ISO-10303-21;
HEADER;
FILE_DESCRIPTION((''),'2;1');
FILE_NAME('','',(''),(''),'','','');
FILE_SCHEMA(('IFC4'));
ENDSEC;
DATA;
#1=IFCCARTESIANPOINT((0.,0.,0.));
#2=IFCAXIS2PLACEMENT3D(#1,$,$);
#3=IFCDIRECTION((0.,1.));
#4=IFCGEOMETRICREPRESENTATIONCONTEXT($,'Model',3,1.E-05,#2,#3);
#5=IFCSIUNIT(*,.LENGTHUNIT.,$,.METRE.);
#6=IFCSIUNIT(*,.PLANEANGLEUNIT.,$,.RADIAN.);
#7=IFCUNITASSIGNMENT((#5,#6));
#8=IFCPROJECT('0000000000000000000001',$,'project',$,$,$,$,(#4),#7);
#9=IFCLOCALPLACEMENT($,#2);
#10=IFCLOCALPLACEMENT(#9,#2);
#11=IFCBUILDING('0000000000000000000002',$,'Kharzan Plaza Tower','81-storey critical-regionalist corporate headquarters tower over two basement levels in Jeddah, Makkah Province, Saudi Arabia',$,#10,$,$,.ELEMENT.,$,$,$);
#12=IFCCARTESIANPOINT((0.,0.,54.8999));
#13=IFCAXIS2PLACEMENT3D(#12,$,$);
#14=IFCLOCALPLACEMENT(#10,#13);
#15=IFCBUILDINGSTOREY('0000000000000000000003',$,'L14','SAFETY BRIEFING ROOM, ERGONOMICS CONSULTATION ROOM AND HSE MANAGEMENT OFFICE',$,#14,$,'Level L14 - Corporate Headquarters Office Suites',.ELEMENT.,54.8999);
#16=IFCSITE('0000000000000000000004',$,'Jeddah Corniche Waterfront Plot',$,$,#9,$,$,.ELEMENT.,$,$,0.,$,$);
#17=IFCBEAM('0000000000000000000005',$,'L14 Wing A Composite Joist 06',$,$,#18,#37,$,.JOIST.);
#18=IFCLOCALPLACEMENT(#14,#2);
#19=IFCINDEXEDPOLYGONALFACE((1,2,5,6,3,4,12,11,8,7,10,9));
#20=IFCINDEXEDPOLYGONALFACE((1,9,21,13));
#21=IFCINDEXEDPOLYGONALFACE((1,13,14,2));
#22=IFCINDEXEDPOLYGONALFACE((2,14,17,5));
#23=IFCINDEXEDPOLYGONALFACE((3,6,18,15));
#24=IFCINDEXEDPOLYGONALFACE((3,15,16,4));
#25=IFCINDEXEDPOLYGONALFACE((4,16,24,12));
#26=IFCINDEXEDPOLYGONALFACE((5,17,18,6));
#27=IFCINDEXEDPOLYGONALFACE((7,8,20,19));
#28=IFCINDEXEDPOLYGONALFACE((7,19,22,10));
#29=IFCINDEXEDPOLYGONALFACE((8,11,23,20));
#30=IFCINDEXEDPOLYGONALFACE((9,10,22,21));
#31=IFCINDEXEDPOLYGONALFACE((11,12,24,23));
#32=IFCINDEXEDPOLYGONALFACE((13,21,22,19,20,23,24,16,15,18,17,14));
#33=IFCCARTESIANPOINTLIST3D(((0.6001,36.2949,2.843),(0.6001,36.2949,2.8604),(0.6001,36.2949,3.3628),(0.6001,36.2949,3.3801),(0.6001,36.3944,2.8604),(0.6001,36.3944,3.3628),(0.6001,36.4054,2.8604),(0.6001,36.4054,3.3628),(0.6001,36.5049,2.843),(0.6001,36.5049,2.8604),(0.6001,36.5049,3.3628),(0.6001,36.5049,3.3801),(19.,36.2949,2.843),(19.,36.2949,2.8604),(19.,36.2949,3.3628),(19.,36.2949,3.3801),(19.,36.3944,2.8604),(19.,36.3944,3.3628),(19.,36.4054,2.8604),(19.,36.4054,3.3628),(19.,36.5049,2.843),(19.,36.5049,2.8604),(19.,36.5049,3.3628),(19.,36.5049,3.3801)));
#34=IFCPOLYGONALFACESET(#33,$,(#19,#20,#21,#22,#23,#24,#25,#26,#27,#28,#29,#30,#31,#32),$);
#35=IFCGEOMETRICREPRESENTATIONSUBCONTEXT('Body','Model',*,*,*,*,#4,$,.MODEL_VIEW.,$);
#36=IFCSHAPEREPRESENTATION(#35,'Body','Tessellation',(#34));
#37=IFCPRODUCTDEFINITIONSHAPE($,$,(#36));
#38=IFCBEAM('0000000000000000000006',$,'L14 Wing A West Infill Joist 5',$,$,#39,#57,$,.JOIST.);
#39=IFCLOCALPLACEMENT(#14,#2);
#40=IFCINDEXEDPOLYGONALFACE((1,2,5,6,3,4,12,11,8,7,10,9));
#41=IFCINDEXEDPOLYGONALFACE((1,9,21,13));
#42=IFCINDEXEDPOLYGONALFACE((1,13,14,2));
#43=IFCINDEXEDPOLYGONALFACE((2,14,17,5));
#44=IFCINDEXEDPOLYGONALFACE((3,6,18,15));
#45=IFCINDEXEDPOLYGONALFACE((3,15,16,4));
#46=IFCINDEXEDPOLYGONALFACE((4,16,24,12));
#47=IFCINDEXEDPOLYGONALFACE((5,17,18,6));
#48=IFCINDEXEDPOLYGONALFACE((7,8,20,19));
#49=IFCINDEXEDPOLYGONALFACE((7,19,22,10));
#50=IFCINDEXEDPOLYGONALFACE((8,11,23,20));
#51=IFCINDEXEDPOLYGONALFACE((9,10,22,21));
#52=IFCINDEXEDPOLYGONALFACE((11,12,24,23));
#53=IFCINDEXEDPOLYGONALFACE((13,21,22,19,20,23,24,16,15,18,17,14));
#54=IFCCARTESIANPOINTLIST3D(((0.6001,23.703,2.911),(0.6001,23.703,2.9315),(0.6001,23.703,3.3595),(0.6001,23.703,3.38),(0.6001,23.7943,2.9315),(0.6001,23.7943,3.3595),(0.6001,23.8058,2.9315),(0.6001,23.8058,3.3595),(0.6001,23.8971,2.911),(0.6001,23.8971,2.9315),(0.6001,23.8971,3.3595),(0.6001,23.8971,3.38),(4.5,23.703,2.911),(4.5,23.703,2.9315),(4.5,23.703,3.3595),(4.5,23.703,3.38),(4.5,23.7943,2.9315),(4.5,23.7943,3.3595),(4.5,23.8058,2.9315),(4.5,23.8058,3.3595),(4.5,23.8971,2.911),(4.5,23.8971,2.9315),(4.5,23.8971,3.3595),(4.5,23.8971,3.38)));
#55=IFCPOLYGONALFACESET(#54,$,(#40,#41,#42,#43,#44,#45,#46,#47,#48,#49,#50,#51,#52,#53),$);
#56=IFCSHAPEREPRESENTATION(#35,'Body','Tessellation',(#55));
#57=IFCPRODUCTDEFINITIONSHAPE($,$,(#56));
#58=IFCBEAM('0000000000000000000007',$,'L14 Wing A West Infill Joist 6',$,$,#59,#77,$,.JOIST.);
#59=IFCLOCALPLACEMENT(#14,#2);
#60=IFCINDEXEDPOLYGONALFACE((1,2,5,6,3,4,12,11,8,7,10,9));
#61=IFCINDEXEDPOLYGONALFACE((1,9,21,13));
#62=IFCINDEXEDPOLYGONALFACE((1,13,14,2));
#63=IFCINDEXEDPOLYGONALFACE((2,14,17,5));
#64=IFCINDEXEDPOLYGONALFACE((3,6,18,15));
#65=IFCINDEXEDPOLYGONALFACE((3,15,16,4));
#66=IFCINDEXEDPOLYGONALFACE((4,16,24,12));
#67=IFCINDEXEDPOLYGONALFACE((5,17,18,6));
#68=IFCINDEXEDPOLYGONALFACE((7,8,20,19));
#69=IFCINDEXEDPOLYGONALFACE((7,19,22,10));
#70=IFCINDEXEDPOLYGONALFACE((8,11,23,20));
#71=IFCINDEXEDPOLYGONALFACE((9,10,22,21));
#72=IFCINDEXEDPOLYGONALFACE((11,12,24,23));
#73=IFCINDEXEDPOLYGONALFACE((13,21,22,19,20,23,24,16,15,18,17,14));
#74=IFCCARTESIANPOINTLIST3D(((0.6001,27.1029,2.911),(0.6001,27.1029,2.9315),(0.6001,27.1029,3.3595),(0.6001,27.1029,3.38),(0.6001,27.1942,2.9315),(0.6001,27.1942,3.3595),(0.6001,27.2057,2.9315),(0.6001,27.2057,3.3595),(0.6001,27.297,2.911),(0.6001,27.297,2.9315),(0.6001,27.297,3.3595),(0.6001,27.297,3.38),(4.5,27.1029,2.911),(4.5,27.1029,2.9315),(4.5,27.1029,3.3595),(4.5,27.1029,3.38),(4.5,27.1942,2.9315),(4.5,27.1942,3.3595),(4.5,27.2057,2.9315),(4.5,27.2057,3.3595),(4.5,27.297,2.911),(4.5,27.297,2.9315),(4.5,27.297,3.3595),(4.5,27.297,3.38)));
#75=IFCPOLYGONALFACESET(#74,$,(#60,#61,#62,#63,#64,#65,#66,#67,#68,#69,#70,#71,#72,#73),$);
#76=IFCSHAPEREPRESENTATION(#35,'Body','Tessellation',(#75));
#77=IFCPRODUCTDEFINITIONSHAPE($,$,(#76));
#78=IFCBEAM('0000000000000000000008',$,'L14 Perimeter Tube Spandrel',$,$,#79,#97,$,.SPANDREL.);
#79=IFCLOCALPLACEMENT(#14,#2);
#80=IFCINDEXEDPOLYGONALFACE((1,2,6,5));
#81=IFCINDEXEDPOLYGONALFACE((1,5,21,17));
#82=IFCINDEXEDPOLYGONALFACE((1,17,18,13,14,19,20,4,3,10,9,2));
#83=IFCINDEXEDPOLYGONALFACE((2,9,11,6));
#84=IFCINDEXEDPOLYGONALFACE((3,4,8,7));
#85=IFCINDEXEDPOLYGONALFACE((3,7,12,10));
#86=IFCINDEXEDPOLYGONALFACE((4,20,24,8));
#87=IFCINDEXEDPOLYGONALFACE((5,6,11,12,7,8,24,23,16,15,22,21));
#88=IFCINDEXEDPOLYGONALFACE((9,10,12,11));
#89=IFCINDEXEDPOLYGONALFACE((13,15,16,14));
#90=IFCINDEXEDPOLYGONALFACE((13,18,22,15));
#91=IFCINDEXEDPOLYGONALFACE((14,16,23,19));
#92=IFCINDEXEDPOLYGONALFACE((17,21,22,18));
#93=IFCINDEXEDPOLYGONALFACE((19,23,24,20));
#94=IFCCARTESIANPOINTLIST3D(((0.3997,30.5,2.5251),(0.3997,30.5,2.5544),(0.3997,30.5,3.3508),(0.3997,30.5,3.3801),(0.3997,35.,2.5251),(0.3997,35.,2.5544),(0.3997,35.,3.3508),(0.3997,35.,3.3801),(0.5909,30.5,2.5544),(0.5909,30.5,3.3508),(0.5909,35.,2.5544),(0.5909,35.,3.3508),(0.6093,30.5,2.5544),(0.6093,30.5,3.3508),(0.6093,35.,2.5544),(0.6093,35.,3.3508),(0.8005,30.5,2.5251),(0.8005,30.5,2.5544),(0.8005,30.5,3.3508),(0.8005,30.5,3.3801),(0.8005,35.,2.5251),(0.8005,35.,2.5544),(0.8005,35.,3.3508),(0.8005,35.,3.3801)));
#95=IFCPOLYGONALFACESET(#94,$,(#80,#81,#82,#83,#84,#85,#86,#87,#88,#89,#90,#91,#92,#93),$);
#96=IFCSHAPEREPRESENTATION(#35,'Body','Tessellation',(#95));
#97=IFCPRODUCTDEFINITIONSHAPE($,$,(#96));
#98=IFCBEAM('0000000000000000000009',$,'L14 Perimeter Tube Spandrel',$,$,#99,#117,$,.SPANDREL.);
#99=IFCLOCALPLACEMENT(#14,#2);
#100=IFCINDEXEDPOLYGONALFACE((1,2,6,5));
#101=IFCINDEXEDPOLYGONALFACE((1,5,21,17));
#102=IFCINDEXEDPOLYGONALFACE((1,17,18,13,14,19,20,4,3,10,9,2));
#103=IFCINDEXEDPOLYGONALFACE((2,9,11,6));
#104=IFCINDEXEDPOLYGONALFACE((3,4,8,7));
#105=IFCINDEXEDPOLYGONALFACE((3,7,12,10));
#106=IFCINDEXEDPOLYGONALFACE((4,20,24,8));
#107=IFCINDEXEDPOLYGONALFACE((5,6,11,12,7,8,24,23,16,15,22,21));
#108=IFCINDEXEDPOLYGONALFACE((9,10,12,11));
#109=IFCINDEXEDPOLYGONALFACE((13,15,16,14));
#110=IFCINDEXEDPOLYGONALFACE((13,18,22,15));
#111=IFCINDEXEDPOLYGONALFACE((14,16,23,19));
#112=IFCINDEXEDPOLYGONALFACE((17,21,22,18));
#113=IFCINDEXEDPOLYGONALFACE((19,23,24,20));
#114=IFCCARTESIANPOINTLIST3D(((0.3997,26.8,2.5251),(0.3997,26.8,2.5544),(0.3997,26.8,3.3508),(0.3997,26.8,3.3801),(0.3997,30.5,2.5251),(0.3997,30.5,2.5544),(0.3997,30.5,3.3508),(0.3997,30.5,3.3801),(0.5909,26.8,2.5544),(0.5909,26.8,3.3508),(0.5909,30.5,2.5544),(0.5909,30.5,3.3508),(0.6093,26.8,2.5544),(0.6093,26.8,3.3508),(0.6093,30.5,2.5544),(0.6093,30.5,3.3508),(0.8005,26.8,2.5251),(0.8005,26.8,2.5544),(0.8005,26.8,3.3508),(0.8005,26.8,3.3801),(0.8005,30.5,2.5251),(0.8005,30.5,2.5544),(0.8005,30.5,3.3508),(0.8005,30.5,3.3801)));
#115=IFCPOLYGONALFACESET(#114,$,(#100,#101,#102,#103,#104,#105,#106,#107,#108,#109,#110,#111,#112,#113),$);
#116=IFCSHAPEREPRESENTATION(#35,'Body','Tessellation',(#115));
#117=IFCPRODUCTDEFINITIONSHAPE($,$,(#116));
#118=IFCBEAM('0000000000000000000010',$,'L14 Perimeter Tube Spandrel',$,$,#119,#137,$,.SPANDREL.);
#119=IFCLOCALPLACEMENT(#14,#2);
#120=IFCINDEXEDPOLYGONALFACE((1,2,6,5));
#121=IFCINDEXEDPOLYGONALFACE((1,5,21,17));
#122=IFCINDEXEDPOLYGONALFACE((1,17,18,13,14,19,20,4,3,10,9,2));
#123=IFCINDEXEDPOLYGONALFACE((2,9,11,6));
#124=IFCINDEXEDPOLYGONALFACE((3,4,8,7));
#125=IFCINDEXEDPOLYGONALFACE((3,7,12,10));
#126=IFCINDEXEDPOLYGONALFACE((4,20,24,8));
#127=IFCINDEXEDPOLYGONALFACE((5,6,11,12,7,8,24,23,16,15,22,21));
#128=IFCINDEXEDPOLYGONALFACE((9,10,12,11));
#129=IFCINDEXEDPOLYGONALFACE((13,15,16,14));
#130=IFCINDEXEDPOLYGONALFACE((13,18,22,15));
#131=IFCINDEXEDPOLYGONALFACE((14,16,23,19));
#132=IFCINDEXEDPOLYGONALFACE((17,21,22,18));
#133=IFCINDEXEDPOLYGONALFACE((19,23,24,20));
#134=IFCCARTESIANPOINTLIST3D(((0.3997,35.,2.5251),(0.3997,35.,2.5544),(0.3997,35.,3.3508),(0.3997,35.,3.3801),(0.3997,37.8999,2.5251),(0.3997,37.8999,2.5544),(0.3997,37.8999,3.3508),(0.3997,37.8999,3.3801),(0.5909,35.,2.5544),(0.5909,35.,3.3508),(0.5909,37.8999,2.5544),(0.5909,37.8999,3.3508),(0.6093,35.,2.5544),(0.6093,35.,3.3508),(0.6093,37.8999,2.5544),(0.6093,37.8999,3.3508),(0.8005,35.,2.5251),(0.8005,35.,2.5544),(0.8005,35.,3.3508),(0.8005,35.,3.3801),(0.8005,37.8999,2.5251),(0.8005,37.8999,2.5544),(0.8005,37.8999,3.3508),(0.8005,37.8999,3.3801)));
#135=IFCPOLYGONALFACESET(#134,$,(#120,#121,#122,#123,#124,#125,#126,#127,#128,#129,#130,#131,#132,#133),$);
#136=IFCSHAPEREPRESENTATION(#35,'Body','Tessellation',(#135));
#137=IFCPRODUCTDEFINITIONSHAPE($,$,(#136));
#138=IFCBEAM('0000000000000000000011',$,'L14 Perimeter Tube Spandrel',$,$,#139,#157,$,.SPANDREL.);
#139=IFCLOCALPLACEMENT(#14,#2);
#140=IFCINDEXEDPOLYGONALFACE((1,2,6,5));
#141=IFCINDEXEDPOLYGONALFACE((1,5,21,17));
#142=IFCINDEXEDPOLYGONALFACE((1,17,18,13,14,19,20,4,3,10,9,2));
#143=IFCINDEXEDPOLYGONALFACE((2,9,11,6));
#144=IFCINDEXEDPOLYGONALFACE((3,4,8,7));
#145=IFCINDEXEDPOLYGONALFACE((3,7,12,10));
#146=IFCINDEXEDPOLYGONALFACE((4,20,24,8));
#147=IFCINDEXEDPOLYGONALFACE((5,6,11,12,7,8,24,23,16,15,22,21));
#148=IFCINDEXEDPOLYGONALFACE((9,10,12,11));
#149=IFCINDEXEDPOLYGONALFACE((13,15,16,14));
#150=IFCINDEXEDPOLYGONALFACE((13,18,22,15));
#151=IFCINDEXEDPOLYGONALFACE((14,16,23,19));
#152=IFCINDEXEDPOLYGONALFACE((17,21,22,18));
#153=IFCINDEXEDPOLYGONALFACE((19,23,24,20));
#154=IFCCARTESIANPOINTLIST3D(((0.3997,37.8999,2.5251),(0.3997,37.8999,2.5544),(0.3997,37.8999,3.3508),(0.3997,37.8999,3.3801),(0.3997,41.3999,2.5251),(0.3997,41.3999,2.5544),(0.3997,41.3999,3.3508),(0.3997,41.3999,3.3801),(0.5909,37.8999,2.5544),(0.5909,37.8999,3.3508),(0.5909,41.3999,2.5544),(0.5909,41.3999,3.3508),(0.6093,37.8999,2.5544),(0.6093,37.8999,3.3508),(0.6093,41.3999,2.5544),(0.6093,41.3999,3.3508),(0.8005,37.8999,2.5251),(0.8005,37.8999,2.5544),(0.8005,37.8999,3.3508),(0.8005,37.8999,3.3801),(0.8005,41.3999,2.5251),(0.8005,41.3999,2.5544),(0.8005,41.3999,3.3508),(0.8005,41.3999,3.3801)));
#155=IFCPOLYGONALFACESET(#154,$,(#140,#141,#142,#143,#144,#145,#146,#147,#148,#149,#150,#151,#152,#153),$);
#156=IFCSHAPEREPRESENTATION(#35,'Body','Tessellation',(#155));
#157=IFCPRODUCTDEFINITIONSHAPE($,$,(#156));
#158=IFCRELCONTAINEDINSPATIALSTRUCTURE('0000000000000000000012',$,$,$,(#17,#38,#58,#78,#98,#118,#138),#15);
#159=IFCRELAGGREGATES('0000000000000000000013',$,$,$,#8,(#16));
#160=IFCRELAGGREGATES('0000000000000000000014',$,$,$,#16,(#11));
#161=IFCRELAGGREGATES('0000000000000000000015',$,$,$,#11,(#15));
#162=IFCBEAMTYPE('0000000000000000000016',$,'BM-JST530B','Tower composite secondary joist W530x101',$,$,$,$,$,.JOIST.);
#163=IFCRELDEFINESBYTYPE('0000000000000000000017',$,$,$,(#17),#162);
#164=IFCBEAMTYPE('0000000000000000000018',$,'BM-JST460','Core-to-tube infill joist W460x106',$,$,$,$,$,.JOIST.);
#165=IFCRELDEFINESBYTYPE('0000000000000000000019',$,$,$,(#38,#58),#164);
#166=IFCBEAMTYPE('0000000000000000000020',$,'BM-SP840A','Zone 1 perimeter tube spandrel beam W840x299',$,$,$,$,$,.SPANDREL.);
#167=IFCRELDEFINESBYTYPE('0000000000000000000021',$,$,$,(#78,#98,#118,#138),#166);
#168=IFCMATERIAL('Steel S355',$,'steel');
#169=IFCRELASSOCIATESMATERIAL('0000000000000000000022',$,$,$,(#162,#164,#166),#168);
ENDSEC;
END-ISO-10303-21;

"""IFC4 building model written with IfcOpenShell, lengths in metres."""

from ifc_helpers import new_model, si_unit, direction, frame, origin, origin_2d, place, context, subcontext, project, spatial, i_section, extrude, source, transform, mapped, material, material_profile, profile_set, type_object, element, save


model = new_model("IFC4")

# Units and contexts
model_context = context("Model", 3, precision=1e-05, world=origin(), true_north=direction((0.0, 1.0)))
body_context = subcontext(model_context, "Body", "Model", "MODEL_VIEW")
ifc_project = project(units=[si_unit("LENGTHUNIT", "METRE"), si_unit("PLANEANGLEUNIT", "RADIAN")], contexts=[model_context])

# Site, building, storey
site_placement = place(None, origin())
site = spatial("IfcSite", under=ifc_project, at=site_placement, Name="Jeddah Corniche Waterfront Plot", CompositionType="ELEMENT", RefElevation=0.0)
building_placement = place(site_placement, origin())
building = spatial("IfcBuilding", under=site, at=building_placement, Name="Kharzan Plaza Tower", Description="81-storey critical-regionalist corporate headquarters tower over two basement levels in Jeddah, Makkah Province, Saudi Arabia", CompositionType="ELEMENT")
storey_placement = place(building_placement, frame((0.0, 0.0, 54.8999)))
storey = spatial("IfcBuildingStorey", under=building, at=storey_placement, Name="L14", Description="SAFETY BRIEFING ROOM, ERGONOMICS CONSULTATION ROOM AND HSE MANAGEMENT OFFICE", LongName="Level L14 - Corporate Headquarters Office Suites", CompositionType="ELEMENT", Elevation=54.8999)

# Beams
ifc_material_1 = material(Name="Steel S355", Category="steel")
ifc_material_profile_1 = material_profile(ifc_material_1, i_section(OverallWidth=0.21, OverallDepth=0.5371, WebThickness=0.011, FlangeThickness=0.0173, at=origin_2d()), Name="W530x101")
ifc_profile_set_1 = profile_set([ifc_material_profile_1], Name="Steel S355")
beam_type_1 = type_object("IfcBeamType", Name="BM-JST530B", Description="Tower composite secondary joist W530x101", PredefinedType="JOIST", material=ifc_profile_set_1)
shared_shape_1 = source(origin(), body_context, "Body", "SweptSolid", [
    extrude(i_section(OverallWidth=0.21, OverallDepth=0.5371, WebThickness=0.011, FlangeThickness=0.0173, at=origin_2d()), origin(), (0.0, 0.0, 1.0), 18.3999),
])
for number, where, z_axis, x_axis, name in (
    (1, (0.6001, 36.3999, 3.1116), (1.0, 0.0, 0.0), (0.0, 1.0, 0.0), "L14 Wing A Composite Joist 06"),
):
    element("IfcBeam", number, at=place(storey_placement, frame(where, z_axis=z_axis, x_axis=x_axis)), inside=storey, type_object=beam_type_1, Name=name, PredefinedType="JOIST", context=body_context, shape_type="MappedRepresentation", body=[
        mapped(shared_shape_1, transform((0.0, 0.0, 0.0), x_axis=(1.0, 0.0, 0.0), y_axis=(0.0, 1.0, 0.0), z_axis=(0.0, 0.0, 1.0))),
    ])
ifc_material_profile_2 = material_profile(ifc_material_1, i_section(OverallWidth=0.1941, OverallDepth=0.469, WebThickness=0.0115, FlangeThickness=0.0205, at=origin_2d()), Name="W460x106")
ifc_profile_set_2 = profile_set([ifc_material_profile_2], Name="Steel S355")
beam_type_2 = type_object("IfcBeamType", Name="BM-JST460", Description="Core-to-tube infill joist W460x106", PredefinedType="JOIST", material=ifc_profile_set_2)
shared_shape_2 = source(origin(), body_context, "Body", "SweptSolid", [
    extrude(i_section(OverallWidth=0.1941, OverallDepth=0.469, WebThickness=0.0115, FlangeThickness=0.0205, at=origin_2d()), origin(), (0.0, 0.0, 1.0), 3.8999),
])
for number, where, z_axis, x_axis, name in (
    (2, (0.6001, 23.8, 3.1455), (1.0, 0.0, 0.0), (0.0, 1.0, 0.0), "L14 Wing A West Infill Joist 5"),
    (3, (0.6001, 27.2, 3.1455), (1.0, 0.0, 0.0), (0.0, 1.0, 0.0), "L14 Wing A West Infill Joist 6"),
):
    element("IfcBeam", number, at=place(storey_placement, frame(where, z_axis=z_axis, x_axis=x_axis)), inside=storey, type_object=beam_type_2, Name=name, PredefinedType="JOIST", context=body_context, shape_type="MappedRepresentation", body=[
        mapped(shared_shape_2, transform((0.0, 0.0, 0.0), x_axis=(1.0, 0.0, 0.0), y_axis=(0.0, 1.0, 0.0), z_axis=(0.0, 0.0, 1.0))),
    ])
ifc_material_profile_3 = material_profile(ifc_material_1, i_section(OverallWidth=0.4009, OverallDepth=0.855, WebThickness=0.0183, FlangeThickness=0.0293, at=origin_2d()), Name="W840x299")
ifc_profile_set_3 = profile_set([ifc_material_profile_3], Name="Steel S355")
beam_type_3 = type_object("IfcBeamType", Name="BM-SP840A", Description="Zone 1 perimeter tube spandrel beam W840x299", PredefinedType="SPANDREL", material=ifc_profile_set_3)
shared_shape_3 = source(origin(), body_context, "Body", "SweptSolid", [
    extrude(i_section(OverallWidth=0.4009, OverallDepth=0.855, WebThickness=0.0183, FlangeThickness=0.0293, at=origin_2d()), origin(), (0.0, 0.0, 1.0), 4.5),
])
beam_1_placement = place(storey_placement, frame((0.6001, 30.5, 2.9526), z_axis=(0.0, 1.0, 0.0), x_axis=(-1.0, 0.0, 0.0)))
element("IfcBeam", 4, at=beam_1_placement, inside=storey, type_object=beam_type_3, Name="L14 Perimeter Tube Spandrel", PredefinedType="SPANDREL", context=body_context, shape_type="MappedRepresentation", body=[
    mapped(shared_shape_3, transform((0.0, 0.0, 0.0), x_axis=(1.0, 0.0, 0.0), y_axis=(0.0, 1.0, 0.0), z_axis=(0.0, 0.0, 1.0))),
])
shared_shape_4 = source(origin(), body_context, "Body", "SweptSolid", [
    extrude(i_section(OverallWidth=0.4009, OverallDepth=0.855, WebThickness=0.0183, FlangeThickness=0.0293, at=origin_2d()), origin(), (0.0, 0.0, 1.0), 3.7),
])
beam_2_placement = place(storey_placement, frame((0.6001, 26.8, 2.9526), z_axis=(0.0, 1.0, 0.0), x_axis=(-1.0, 0.0, 0.0)))
element("IfcBeam", 5, at=beam_2_placement, inside=storey, type_object=beam_type_3, Name="L14 Perimeter Tube Spandrel", PredefinedType="SPANDREL", context=body_context, shape_type="MappedRepresentation", body=[
    mapped(shared_shape_4, transform((0.0, 0.0, 0.0), x_axis=(1.0, 0.0, 0.0), y_axis=(0.0, 1.0, 0.0), z_axis=(0.0, 0.0, 1.0))),
])
shared_shape_5 = source(origin(), body_context, "Body", "SweptSolid", [
    extrude(i_section(OverallWidth=0.4009, OverallDepth=0.855, WebThickness=0.0183, FlangeThickness=0.0293, at=origin_2d()), origin(), (0.0, 0.0, 1.0), 2.8999),
])
beam_3_placement = place(storey_placement, frame((0.6001, 35.0, 2.9526), z_axis=(0.0, 1.0, 0.0), x_axis=(-1.0, 0.0, 0.0)))
element("IfcBeam", 6, at=beam_3_placement, inside=storey, type_object=beam_type_3, Name="L14 Perimeter Tube Spandrel", PredefinedType="SPANDREL", context=body_context, shape_type="MappedRepresentation", body=[
    mapped(shared_shape_5, transform((0.0, 0.0, 0.0), x_axis=(1.0, 0.0, 0.0), y_axis=(0.0, 1.0, 0.0), z_axis=(0.0, 0.0, 1.0))),
])
shared_shape_6 = source(origin(), body_context, "Body", "SweptSolid", [
    extrude(i_section(OverallWidth=0.4009, OverallDepth=0.855, WebThickness=0.0183, FlangeThickness=0.0293, at=origin_2d()), origin(), (0.0, 0.0, 1.0), 3.5),
])
beam_4_placement = place(storey_placement, frame((0.6001, 37.8999, 2.9526), z_axis=(0.0, 1.0, 0.0), x_axis=(-1.0, 0.0, 0.0)))
element("IfcBeam", 7, at=beam_4_placement, inside=storey, type_object=beam_type_3, Name="L14 Perimeter Tube Spandrel", PredefinedType="SPANDREL", context=body_context, shape_type="MappedRepresentation", body=[
    mapped(shared_shape_6, transform((0.0, 0.0, 0.0), x_axis=(1.0, 0.0, 0.0), y_axis=(0.0, 1.0, 0.0), z_axis=(0.0, 0.0, 1.0))),
])

save(model, "model.ifc")
